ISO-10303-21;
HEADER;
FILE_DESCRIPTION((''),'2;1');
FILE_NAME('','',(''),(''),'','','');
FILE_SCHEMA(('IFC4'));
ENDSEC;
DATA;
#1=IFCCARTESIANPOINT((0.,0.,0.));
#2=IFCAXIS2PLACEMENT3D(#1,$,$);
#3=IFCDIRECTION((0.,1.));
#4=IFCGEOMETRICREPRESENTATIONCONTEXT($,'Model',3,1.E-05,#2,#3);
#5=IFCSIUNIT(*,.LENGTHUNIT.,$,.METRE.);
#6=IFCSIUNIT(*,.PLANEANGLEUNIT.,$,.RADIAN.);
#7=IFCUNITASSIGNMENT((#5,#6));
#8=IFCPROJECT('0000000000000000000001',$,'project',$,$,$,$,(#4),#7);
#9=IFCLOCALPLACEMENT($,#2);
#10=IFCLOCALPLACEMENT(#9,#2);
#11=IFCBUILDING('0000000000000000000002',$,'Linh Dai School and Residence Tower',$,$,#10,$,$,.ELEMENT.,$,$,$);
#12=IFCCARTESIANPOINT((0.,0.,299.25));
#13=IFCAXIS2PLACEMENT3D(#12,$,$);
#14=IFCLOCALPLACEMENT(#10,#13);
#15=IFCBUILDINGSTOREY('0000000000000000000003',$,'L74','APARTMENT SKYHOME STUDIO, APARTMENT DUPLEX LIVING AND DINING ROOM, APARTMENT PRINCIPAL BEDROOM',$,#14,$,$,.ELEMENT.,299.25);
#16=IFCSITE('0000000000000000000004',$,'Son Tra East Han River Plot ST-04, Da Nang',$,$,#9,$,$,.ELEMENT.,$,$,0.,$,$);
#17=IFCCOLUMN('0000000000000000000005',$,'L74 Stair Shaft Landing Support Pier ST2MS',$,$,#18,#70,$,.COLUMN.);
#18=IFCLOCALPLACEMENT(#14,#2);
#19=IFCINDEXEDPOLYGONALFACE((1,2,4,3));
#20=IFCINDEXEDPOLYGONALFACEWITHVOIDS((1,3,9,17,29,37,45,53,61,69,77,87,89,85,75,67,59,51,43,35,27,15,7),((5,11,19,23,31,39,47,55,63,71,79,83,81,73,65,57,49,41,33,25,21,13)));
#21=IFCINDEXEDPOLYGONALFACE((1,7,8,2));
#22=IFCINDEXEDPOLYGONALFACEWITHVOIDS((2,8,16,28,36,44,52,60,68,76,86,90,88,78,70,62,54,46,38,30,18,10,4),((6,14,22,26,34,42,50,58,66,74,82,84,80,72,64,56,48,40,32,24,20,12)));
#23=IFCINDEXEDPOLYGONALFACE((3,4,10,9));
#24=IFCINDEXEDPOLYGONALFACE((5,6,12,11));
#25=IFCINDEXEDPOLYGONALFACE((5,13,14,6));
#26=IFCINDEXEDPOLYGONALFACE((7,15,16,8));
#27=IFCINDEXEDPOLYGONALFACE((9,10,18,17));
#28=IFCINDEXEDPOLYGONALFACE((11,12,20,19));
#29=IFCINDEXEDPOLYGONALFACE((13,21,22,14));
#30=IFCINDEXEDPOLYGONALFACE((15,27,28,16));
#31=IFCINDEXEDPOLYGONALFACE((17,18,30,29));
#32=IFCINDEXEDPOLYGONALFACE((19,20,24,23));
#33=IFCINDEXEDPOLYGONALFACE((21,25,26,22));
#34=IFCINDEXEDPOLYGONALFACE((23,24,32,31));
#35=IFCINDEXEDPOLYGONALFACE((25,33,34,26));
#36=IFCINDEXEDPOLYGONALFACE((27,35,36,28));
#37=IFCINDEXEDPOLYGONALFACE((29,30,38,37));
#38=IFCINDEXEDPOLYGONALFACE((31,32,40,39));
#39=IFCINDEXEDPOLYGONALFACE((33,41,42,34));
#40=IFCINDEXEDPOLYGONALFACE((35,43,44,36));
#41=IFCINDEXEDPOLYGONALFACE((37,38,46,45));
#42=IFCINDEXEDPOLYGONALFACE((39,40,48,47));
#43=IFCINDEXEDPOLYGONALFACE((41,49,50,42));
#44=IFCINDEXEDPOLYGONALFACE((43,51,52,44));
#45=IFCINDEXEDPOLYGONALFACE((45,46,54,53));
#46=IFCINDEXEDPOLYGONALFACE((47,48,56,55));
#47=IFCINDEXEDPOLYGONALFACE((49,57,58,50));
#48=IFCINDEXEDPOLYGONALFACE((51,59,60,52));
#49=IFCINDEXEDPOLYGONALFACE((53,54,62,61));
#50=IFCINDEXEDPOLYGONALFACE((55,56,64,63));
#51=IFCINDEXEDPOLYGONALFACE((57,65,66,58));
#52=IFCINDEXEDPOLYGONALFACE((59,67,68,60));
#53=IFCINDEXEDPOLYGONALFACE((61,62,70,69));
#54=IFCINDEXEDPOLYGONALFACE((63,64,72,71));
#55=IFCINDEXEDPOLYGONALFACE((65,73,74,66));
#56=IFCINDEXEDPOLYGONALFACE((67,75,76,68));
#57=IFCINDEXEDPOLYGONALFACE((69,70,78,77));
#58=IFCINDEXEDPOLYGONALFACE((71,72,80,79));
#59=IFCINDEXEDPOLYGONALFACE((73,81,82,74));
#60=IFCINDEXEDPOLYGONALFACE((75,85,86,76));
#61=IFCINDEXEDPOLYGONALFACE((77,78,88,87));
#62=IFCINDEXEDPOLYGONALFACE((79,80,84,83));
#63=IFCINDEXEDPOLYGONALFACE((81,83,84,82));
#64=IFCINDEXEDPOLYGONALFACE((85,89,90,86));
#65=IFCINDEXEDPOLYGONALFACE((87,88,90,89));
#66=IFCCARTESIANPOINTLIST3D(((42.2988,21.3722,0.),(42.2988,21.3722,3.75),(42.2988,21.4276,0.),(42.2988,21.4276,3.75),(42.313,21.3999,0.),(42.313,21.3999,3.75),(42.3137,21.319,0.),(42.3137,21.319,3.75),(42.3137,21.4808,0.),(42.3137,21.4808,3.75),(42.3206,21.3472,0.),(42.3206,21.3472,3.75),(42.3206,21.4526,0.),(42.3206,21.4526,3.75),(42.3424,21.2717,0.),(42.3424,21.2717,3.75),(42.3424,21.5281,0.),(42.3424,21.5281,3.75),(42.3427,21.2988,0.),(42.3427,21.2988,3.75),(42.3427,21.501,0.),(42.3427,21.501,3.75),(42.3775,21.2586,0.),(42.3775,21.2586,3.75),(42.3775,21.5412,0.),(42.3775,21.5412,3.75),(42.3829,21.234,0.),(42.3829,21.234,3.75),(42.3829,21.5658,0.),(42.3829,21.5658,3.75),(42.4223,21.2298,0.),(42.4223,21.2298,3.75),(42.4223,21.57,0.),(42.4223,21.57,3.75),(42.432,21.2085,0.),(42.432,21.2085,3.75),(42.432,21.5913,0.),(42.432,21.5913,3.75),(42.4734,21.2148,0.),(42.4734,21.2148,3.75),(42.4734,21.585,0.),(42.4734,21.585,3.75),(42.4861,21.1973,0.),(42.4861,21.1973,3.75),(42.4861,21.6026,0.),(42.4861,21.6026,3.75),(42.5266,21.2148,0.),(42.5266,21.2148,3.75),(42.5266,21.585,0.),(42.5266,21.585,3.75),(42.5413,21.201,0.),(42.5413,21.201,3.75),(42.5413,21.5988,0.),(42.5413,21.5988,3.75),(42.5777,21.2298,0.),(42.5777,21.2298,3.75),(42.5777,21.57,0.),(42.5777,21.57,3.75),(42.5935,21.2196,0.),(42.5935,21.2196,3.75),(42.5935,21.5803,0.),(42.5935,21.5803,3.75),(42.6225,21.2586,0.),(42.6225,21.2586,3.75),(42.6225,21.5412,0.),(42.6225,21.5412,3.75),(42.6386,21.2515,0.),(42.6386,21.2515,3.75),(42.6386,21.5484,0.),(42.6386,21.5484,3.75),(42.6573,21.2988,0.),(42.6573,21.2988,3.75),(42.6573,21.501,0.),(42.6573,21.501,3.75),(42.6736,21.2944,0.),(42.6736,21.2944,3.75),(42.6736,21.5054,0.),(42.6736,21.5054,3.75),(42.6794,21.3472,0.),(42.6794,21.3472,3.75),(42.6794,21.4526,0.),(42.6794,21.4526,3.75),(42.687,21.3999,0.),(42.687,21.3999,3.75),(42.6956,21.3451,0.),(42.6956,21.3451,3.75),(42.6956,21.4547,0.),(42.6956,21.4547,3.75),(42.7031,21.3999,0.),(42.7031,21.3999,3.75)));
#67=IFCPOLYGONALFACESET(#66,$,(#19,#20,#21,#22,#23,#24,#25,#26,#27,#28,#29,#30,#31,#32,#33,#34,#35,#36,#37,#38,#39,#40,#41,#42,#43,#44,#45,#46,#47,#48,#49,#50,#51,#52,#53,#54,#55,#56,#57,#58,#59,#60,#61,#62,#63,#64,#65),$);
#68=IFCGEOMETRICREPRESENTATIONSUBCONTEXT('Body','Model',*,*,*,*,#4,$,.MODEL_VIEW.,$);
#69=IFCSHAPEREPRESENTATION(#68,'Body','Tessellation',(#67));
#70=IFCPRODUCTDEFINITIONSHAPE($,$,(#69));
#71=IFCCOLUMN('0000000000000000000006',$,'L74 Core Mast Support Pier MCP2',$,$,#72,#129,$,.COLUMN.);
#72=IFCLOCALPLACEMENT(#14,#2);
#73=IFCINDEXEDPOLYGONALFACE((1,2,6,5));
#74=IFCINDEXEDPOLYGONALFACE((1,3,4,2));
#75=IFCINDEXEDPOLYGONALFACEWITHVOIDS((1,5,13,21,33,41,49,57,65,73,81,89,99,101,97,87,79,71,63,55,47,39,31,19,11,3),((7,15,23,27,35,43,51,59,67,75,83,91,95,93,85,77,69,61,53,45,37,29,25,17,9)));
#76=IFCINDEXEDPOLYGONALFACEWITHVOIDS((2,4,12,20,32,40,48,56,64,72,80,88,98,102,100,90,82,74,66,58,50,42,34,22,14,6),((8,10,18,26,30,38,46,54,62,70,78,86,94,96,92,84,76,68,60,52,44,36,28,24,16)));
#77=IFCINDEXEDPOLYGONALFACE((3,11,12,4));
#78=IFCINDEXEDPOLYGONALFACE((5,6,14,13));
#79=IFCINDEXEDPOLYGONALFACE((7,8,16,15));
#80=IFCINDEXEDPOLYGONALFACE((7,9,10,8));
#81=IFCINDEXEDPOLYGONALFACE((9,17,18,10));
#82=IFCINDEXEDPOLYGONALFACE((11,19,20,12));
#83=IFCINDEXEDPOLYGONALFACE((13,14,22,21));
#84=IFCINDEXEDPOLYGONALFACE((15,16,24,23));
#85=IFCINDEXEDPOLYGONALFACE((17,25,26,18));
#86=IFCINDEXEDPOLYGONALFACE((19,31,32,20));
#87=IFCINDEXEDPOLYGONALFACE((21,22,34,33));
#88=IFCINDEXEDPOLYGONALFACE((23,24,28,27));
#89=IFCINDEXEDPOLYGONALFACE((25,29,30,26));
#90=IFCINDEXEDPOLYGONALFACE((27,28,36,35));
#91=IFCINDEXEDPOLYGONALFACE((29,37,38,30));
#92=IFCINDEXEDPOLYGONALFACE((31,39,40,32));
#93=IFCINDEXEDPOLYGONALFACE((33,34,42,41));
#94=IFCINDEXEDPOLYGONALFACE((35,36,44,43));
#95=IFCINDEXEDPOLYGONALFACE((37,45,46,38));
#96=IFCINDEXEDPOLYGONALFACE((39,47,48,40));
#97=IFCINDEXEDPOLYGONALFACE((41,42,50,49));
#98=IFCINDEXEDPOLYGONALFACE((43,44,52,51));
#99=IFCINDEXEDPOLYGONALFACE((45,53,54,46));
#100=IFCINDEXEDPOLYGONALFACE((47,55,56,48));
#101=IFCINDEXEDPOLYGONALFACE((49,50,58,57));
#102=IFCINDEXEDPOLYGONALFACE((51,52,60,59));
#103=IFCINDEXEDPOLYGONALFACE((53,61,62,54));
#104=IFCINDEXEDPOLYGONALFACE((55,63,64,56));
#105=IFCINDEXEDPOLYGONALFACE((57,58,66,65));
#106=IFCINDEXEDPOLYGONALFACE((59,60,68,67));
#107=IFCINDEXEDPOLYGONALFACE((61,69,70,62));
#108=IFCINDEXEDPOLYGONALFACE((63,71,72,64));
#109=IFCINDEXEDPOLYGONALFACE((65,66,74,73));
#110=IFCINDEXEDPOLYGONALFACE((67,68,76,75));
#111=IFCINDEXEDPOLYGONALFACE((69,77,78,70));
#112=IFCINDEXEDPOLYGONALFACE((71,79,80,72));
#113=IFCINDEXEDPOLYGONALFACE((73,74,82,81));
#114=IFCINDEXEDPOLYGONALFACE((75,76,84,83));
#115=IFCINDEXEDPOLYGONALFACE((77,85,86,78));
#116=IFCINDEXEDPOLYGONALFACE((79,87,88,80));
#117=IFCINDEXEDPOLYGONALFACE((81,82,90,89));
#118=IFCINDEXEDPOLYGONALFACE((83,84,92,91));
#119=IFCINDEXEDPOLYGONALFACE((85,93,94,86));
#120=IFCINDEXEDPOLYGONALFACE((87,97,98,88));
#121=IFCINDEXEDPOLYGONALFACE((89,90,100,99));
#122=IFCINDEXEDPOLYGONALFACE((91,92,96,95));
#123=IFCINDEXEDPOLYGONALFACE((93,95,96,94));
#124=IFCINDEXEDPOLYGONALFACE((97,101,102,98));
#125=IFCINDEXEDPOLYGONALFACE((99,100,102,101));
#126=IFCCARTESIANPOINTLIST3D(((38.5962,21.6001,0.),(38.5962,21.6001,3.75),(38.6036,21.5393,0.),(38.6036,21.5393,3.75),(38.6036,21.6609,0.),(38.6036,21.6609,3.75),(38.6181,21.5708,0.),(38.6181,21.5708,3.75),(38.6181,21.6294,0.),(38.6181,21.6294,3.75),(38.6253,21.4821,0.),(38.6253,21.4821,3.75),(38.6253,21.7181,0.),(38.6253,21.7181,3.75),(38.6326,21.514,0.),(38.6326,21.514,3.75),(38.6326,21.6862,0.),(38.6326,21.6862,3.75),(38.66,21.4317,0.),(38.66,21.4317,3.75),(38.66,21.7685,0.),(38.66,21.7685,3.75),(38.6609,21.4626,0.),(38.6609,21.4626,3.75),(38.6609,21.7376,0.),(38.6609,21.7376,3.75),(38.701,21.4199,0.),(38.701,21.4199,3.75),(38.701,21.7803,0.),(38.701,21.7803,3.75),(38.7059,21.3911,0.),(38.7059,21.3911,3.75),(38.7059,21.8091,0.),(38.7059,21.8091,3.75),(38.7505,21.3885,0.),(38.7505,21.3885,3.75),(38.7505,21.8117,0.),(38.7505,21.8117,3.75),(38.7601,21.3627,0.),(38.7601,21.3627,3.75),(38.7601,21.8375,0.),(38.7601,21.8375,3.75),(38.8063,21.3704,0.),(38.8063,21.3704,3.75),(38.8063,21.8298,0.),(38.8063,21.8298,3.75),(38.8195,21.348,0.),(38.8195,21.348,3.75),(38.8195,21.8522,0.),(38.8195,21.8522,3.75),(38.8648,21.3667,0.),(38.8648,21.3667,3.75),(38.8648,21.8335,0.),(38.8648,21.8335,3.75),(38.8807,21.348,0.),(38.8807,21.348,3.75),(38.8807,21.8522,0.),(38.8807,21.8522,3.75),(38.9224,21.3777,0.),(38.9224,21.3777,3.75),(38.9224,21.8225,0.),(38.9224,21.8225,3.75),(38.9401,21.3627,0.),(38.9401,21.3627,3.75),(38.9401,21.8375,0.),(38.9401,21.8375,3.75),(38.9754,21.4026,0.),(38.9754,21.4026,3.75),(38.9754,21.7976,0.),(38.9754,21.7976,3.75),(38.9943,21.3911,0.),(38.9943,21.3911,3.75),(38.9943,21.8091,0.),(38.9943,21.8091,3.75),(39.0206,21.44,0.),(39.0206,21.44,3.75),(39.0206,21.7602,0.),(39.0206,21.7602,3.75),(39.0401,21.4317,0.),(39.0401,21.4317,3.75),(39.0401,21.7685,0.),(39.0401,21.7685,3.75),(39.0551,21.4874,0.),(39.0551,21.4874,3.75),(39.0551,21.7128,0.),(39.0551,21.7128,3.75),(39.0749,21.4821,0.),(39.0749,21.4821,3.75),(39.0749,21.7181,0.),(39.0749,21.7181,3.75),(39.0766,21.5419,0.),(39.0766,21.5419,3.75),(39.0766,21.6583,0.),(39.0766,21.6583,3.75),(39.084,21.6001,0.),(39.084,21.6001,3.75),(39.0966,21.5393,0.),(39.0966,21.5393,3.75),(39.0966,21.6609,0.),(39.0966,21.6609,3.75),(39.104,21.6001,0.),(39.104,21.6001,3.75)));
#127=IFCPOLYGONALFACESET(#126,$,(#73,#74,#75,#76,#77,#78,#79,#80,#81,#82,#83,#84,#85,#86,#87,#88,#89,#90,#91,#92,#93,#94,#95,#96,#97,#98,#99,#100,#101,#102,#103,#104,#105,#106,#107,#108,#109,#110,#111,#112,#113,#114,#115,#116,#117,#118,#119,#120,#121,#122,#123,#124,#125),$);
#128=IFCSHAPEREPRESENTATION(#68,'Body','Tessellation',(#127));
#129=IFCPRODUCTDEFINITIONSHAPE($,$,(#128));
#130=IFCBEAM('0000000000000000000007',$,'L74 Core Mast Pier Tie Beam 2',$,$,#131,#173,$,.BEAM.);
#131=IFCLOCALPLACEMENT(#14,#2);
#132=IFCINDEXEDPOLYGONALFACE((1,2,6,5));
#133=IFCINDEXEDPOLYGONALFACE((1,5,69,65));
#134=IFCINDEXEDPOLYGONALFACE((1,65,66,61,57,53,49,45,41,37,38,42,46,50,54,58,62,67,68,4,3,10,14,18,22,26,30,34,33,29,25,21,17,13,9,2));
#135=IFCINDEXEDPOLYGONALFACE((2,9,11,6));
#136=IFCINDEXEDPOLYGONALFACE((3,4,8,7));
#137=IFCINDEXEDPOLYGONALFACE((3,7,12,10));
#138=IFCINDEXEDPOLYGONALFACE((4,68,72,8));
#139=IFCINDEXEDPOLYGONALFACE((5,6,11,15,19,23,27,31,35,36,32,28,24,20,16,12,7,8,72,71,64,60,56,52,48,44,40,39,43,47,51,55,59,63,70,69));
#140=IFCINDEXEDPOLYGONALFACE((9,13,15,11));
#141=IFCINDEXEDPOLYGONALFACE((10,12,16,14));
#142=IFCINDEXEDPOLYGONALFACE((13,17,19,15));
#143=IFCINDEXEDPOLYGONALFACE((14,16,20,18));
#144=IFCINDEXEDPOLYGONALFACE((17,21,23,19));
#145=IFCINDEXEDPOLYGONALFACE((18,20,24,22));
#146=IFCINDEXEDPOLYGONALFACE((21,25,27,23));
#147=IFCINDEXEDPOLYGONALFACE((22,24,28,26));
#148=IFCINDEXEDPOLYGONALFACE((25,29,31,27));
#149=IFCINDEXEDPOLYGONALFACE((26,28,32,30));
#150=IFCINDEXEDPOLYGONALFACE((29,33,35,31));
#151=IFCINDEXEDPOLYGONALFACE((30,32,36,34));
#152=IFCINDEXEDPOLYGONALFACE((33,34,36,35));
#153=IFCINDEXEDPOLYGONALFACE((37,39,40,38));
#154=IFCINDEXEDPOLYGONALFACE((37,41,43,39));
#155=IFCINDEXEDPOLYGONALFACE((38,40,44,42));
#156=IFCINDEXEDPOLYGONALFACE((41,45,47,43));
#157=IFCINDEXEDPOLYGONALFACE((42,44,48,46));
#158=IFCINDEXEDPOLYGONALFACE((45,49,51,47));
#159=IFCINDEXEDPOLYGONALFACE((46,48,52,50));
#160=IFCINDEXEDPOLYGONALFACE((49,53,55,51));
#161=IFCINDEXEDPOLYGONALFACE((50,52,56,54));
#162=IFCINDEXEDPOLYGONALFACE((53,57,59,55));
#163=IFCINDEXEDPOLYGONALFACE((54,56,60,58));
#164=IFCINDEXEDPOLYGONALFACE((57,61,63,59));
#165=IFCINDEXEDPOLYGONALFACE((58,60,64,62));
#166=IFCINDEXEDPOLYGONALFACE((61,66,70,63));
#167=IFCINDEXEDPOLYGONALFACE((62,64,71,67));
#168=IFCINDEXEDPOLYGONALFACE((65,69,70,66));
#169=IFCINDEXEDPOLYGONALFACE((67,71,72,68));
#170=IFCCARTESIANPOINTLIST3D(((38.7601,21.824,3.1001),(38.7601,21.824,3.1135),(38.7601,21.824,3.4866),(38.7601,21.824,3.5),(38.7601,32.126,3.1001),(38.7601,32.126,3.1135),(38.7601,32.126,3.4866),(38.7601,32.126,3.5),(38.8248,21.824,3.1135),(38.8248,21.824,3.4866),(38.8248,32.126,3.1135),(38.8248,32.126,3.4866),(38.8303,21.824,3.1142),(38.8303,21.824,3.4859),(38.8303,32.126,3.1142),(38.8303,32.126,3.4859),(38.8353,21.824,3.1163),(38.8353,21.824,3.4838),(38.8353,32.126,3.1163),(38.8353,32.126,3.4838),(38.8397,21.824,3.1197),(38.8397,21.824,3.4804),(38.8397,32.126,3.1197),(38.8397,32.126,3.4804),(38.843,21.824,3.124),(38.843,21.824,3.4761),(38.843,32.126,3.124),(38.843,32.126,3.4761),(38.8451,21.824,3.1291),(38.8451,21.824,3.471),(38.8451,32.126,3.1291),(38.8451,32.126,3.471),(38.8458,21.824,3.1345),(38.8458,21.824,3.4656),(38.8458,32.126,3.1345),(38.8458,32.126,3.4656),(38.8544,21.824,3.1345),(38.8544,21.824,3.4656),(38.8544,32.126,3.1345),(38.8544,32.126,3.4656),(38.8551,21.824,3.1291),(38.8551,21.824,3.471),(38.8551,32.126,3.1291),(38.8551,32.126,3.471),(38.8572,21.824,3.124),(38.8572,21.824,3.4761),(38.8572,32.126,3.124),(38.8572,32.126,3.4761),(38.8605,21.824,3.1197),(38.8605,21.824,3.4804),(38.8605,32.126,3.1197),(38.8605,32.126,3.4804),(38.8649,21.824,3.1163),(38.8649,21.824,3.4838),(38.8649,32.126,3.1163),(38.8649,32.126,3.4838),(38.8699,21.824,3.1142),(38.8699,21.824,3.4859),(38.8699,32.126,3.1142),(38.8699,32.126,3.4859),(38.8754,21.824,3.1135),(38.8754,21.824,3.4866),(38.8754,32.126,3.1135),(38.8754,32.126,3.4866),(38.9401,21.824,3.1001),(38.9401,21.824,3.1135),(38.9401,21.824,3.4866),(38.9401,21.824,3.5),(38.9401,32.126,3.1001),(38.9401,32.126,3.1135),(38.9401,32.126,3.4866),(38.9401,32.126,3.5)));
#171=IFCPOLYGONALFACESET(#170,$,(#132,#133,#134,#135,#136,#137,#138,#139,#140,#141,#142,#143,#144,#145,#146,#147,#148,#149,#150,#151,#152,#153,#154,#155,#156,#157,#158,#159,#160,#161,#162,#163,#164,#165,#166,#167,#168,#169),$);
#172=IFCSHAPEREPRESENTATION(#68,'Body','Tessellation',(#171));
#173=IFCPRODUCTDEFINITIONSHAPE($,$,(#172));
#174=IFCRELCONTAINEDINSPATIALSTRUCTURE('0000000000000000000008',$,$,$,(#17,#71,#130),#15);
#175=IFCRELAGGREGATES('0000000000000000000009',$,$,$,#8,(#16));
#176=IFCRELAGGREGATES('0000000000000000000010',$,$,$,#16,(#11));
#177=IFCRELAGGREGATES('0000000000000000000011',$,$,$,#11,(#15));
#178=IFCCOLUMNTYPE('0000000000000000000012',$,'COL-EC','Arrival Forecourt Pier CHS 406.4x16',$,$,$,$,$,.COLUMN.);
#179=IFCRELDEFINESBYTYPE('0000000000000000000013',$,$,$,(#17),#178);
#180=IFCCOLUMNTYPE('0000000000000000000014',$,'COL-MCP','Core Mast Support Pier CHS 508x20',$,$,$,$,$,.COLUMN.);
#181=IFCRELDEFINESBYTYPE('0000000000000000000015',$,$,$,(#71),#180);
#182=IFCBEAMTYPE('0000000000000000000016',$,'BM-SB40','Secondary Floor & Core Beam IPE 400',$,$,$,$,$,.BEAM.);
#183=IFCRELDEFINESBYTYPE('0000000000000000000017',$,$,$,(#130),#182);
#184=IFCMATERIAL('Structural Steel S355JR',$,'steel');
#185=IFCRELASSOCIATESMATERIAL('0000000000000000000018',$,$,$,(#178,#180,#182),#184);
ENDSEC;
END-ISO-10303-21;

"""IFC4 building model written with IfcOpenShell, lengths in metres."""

from ifc_helpers import new_model, si_unit, direction, frame, origin, origin_2d, place, context, subcontext, project, spatial, hollow_circle, i_section, extrude, material, material_profile, profile_set, type_object, element, save


model = new_model("IFC4")

# Units and contexts
model_context = context("Model", 3, precision=1e-05, world=origin(), true_north=direction((0.0, 1.0)))
body_context = subcontext(model_context, "Body", "Model", "MODEL_VIEW")
ifc_project = project(units=[si_unit("LENGTHUNIT", "METRE"), si_unit("PLANEANGLEUNIT", "RADIAN")], contexts=[model_context])

# Site, building, storey
site_placement = place(None, origin())
site = spatial("IfcSite", under=ifc_project, at=site_placement, Name="Son Tra East Han River Plot ST-04, Da Nang", CompositionType="ELEMENT", RefElevation=0.0)
building_placement = place(site_placement, origin())
building = spatial("IfcBuilding", under=site, at=building_placement, Name="Linh Dai School and Residence Tower", CompositionType="ELEMENT")
storey_placement = place(building_placement, frame((0.0, 0.0, 299.25)))
storey = spatial("IfcBuildingStorey", under=building, at=storey_placement, Name="L74", Description="APARTMENT SKYHOME STUDIO, APARTMENT DUPLEX LIVING AND DINING ROOM, APARTMENT PRINCIPAL BEDROOM", CompositionType="ELEMENT", Elevation=299.25)

# Columns
ifc_material_1 = material(Name="Structural Steel S355JR", Category="steel")
ifc_material_profile_1 = material_profile(ifc_material_1, hollow_circle(Radius=0.2031, WallThickness=0.0161, at=origin_2d()), Name="CHS 406.4x16")
ifc_profile_set_1 = profile_set([ifc_material_profile_1], Name="Structural Steel S355JR")
column_type_1 = type_object("IfcColumnType", Name="COL-EC", Description="Arrival Forecourt Pier CHS 406.4x16", PredefinedType="COLUMN", material=ifc_profile_set_1)
column_1_placement = place(storey_placement, frame((42.5, 21.3999, 0.0), z_axis=(0.0, 0.0, 1.0), x_axis=(1.0, 0.0, 0.0)))
element("IfcColumn", 1, at=column_1_placement, inside=storey, type_object=column_type_1, Name="L74 Stair Shaft Landing Support Pier ST2MS", PredefinedType="COLUMN", context=body_context, shape_type="SweptSolid", body=[
    extrude(hollow_circle(Radius=0.2031, WallThickness=0.0161, at=origin_2d()), origin(), (0.0, 0.0, 1.0), 3.75),
])
ifc_material_profile_2 = material_profile(ifc_material_1, hollow_circle(Radius=0.2539, WallThickness=0.02, at=origin_2d()), Name="CHS 508x20")
ifc_profile_set_2 = profile_set([ifc_material_profile_2], Name="Structural Steel S355JR")
column_type_2 = type_object("IfcColumnType", Name="COL-MCP", Description="Core Mast Support Pier CHS 508x20", PredefinedType="COLUMN", material=ifc_profile_set_2)
column_2_placement = place(storey_placement, frame((38.8501, 21.6001, 0.0), z_axis=(0.0, 0.0, 1.0), x_axis=(1.0, 0.0, 0.0)))
element("IfcColumn", 2, at=column_2_placement, inside=storey, type_object=column_type_2, Name="L74 Core Mast Support Pier MCP2", PredefinedType="COLUMN", context=body_context, shape_type="SweptSolid", body=[
    extrude(hollow_circle(Radius=0.2539, WallThickness=0.02, at=origin_2d()), origin(), (0.0, 0.0, 1.0), 3.75),
])

# Beam
ifc_material_profile_3 = material_profile(ifc_material_1, i_section(OverallWidth=0.1799, OverallDepth=0.3999, WebThickness=0.0085, FlangeThickness=0.0134, FilletRadius=0.021, at=origin_2d()), Name="IPE 400")
ifc_profile_set_3 = profile_set([ifc_material_profile_3], Name="Structural Steel S355JR")
beam_type = type_object("IfcBeamType", Name="BM-SB40", Description="Secondary Floor & Core Beam IPE 400", PredefinedType="BEAM", material=ifc_profile_set_3)
beam_placement = place(storey_placement, frame((38.8501, 21.824, 3.3), z_axis=(0.0, 1.0, 0.0), x_axis=(-1.0, 0.0, 0.0)))
element("IfcBeam", 3, at=beam_placement, inside=storey, type_object=beam_type, Name="L74 Core Mast Pier Tie Beam 2", PredefinedType="BEAM", context=body_context, shape_type="SweptSolid", body=[
    extrude(i_section(OverallWidth=0.1799, OverallDepth=0.3999, WebThickness=0.0085, FlangeThickness=0.0134, FilletRadius=0.021, at=origin_2d()), origin(), (0.0, 0.0, 1.0), 10.302),
])

save(model, "model.ifc")
